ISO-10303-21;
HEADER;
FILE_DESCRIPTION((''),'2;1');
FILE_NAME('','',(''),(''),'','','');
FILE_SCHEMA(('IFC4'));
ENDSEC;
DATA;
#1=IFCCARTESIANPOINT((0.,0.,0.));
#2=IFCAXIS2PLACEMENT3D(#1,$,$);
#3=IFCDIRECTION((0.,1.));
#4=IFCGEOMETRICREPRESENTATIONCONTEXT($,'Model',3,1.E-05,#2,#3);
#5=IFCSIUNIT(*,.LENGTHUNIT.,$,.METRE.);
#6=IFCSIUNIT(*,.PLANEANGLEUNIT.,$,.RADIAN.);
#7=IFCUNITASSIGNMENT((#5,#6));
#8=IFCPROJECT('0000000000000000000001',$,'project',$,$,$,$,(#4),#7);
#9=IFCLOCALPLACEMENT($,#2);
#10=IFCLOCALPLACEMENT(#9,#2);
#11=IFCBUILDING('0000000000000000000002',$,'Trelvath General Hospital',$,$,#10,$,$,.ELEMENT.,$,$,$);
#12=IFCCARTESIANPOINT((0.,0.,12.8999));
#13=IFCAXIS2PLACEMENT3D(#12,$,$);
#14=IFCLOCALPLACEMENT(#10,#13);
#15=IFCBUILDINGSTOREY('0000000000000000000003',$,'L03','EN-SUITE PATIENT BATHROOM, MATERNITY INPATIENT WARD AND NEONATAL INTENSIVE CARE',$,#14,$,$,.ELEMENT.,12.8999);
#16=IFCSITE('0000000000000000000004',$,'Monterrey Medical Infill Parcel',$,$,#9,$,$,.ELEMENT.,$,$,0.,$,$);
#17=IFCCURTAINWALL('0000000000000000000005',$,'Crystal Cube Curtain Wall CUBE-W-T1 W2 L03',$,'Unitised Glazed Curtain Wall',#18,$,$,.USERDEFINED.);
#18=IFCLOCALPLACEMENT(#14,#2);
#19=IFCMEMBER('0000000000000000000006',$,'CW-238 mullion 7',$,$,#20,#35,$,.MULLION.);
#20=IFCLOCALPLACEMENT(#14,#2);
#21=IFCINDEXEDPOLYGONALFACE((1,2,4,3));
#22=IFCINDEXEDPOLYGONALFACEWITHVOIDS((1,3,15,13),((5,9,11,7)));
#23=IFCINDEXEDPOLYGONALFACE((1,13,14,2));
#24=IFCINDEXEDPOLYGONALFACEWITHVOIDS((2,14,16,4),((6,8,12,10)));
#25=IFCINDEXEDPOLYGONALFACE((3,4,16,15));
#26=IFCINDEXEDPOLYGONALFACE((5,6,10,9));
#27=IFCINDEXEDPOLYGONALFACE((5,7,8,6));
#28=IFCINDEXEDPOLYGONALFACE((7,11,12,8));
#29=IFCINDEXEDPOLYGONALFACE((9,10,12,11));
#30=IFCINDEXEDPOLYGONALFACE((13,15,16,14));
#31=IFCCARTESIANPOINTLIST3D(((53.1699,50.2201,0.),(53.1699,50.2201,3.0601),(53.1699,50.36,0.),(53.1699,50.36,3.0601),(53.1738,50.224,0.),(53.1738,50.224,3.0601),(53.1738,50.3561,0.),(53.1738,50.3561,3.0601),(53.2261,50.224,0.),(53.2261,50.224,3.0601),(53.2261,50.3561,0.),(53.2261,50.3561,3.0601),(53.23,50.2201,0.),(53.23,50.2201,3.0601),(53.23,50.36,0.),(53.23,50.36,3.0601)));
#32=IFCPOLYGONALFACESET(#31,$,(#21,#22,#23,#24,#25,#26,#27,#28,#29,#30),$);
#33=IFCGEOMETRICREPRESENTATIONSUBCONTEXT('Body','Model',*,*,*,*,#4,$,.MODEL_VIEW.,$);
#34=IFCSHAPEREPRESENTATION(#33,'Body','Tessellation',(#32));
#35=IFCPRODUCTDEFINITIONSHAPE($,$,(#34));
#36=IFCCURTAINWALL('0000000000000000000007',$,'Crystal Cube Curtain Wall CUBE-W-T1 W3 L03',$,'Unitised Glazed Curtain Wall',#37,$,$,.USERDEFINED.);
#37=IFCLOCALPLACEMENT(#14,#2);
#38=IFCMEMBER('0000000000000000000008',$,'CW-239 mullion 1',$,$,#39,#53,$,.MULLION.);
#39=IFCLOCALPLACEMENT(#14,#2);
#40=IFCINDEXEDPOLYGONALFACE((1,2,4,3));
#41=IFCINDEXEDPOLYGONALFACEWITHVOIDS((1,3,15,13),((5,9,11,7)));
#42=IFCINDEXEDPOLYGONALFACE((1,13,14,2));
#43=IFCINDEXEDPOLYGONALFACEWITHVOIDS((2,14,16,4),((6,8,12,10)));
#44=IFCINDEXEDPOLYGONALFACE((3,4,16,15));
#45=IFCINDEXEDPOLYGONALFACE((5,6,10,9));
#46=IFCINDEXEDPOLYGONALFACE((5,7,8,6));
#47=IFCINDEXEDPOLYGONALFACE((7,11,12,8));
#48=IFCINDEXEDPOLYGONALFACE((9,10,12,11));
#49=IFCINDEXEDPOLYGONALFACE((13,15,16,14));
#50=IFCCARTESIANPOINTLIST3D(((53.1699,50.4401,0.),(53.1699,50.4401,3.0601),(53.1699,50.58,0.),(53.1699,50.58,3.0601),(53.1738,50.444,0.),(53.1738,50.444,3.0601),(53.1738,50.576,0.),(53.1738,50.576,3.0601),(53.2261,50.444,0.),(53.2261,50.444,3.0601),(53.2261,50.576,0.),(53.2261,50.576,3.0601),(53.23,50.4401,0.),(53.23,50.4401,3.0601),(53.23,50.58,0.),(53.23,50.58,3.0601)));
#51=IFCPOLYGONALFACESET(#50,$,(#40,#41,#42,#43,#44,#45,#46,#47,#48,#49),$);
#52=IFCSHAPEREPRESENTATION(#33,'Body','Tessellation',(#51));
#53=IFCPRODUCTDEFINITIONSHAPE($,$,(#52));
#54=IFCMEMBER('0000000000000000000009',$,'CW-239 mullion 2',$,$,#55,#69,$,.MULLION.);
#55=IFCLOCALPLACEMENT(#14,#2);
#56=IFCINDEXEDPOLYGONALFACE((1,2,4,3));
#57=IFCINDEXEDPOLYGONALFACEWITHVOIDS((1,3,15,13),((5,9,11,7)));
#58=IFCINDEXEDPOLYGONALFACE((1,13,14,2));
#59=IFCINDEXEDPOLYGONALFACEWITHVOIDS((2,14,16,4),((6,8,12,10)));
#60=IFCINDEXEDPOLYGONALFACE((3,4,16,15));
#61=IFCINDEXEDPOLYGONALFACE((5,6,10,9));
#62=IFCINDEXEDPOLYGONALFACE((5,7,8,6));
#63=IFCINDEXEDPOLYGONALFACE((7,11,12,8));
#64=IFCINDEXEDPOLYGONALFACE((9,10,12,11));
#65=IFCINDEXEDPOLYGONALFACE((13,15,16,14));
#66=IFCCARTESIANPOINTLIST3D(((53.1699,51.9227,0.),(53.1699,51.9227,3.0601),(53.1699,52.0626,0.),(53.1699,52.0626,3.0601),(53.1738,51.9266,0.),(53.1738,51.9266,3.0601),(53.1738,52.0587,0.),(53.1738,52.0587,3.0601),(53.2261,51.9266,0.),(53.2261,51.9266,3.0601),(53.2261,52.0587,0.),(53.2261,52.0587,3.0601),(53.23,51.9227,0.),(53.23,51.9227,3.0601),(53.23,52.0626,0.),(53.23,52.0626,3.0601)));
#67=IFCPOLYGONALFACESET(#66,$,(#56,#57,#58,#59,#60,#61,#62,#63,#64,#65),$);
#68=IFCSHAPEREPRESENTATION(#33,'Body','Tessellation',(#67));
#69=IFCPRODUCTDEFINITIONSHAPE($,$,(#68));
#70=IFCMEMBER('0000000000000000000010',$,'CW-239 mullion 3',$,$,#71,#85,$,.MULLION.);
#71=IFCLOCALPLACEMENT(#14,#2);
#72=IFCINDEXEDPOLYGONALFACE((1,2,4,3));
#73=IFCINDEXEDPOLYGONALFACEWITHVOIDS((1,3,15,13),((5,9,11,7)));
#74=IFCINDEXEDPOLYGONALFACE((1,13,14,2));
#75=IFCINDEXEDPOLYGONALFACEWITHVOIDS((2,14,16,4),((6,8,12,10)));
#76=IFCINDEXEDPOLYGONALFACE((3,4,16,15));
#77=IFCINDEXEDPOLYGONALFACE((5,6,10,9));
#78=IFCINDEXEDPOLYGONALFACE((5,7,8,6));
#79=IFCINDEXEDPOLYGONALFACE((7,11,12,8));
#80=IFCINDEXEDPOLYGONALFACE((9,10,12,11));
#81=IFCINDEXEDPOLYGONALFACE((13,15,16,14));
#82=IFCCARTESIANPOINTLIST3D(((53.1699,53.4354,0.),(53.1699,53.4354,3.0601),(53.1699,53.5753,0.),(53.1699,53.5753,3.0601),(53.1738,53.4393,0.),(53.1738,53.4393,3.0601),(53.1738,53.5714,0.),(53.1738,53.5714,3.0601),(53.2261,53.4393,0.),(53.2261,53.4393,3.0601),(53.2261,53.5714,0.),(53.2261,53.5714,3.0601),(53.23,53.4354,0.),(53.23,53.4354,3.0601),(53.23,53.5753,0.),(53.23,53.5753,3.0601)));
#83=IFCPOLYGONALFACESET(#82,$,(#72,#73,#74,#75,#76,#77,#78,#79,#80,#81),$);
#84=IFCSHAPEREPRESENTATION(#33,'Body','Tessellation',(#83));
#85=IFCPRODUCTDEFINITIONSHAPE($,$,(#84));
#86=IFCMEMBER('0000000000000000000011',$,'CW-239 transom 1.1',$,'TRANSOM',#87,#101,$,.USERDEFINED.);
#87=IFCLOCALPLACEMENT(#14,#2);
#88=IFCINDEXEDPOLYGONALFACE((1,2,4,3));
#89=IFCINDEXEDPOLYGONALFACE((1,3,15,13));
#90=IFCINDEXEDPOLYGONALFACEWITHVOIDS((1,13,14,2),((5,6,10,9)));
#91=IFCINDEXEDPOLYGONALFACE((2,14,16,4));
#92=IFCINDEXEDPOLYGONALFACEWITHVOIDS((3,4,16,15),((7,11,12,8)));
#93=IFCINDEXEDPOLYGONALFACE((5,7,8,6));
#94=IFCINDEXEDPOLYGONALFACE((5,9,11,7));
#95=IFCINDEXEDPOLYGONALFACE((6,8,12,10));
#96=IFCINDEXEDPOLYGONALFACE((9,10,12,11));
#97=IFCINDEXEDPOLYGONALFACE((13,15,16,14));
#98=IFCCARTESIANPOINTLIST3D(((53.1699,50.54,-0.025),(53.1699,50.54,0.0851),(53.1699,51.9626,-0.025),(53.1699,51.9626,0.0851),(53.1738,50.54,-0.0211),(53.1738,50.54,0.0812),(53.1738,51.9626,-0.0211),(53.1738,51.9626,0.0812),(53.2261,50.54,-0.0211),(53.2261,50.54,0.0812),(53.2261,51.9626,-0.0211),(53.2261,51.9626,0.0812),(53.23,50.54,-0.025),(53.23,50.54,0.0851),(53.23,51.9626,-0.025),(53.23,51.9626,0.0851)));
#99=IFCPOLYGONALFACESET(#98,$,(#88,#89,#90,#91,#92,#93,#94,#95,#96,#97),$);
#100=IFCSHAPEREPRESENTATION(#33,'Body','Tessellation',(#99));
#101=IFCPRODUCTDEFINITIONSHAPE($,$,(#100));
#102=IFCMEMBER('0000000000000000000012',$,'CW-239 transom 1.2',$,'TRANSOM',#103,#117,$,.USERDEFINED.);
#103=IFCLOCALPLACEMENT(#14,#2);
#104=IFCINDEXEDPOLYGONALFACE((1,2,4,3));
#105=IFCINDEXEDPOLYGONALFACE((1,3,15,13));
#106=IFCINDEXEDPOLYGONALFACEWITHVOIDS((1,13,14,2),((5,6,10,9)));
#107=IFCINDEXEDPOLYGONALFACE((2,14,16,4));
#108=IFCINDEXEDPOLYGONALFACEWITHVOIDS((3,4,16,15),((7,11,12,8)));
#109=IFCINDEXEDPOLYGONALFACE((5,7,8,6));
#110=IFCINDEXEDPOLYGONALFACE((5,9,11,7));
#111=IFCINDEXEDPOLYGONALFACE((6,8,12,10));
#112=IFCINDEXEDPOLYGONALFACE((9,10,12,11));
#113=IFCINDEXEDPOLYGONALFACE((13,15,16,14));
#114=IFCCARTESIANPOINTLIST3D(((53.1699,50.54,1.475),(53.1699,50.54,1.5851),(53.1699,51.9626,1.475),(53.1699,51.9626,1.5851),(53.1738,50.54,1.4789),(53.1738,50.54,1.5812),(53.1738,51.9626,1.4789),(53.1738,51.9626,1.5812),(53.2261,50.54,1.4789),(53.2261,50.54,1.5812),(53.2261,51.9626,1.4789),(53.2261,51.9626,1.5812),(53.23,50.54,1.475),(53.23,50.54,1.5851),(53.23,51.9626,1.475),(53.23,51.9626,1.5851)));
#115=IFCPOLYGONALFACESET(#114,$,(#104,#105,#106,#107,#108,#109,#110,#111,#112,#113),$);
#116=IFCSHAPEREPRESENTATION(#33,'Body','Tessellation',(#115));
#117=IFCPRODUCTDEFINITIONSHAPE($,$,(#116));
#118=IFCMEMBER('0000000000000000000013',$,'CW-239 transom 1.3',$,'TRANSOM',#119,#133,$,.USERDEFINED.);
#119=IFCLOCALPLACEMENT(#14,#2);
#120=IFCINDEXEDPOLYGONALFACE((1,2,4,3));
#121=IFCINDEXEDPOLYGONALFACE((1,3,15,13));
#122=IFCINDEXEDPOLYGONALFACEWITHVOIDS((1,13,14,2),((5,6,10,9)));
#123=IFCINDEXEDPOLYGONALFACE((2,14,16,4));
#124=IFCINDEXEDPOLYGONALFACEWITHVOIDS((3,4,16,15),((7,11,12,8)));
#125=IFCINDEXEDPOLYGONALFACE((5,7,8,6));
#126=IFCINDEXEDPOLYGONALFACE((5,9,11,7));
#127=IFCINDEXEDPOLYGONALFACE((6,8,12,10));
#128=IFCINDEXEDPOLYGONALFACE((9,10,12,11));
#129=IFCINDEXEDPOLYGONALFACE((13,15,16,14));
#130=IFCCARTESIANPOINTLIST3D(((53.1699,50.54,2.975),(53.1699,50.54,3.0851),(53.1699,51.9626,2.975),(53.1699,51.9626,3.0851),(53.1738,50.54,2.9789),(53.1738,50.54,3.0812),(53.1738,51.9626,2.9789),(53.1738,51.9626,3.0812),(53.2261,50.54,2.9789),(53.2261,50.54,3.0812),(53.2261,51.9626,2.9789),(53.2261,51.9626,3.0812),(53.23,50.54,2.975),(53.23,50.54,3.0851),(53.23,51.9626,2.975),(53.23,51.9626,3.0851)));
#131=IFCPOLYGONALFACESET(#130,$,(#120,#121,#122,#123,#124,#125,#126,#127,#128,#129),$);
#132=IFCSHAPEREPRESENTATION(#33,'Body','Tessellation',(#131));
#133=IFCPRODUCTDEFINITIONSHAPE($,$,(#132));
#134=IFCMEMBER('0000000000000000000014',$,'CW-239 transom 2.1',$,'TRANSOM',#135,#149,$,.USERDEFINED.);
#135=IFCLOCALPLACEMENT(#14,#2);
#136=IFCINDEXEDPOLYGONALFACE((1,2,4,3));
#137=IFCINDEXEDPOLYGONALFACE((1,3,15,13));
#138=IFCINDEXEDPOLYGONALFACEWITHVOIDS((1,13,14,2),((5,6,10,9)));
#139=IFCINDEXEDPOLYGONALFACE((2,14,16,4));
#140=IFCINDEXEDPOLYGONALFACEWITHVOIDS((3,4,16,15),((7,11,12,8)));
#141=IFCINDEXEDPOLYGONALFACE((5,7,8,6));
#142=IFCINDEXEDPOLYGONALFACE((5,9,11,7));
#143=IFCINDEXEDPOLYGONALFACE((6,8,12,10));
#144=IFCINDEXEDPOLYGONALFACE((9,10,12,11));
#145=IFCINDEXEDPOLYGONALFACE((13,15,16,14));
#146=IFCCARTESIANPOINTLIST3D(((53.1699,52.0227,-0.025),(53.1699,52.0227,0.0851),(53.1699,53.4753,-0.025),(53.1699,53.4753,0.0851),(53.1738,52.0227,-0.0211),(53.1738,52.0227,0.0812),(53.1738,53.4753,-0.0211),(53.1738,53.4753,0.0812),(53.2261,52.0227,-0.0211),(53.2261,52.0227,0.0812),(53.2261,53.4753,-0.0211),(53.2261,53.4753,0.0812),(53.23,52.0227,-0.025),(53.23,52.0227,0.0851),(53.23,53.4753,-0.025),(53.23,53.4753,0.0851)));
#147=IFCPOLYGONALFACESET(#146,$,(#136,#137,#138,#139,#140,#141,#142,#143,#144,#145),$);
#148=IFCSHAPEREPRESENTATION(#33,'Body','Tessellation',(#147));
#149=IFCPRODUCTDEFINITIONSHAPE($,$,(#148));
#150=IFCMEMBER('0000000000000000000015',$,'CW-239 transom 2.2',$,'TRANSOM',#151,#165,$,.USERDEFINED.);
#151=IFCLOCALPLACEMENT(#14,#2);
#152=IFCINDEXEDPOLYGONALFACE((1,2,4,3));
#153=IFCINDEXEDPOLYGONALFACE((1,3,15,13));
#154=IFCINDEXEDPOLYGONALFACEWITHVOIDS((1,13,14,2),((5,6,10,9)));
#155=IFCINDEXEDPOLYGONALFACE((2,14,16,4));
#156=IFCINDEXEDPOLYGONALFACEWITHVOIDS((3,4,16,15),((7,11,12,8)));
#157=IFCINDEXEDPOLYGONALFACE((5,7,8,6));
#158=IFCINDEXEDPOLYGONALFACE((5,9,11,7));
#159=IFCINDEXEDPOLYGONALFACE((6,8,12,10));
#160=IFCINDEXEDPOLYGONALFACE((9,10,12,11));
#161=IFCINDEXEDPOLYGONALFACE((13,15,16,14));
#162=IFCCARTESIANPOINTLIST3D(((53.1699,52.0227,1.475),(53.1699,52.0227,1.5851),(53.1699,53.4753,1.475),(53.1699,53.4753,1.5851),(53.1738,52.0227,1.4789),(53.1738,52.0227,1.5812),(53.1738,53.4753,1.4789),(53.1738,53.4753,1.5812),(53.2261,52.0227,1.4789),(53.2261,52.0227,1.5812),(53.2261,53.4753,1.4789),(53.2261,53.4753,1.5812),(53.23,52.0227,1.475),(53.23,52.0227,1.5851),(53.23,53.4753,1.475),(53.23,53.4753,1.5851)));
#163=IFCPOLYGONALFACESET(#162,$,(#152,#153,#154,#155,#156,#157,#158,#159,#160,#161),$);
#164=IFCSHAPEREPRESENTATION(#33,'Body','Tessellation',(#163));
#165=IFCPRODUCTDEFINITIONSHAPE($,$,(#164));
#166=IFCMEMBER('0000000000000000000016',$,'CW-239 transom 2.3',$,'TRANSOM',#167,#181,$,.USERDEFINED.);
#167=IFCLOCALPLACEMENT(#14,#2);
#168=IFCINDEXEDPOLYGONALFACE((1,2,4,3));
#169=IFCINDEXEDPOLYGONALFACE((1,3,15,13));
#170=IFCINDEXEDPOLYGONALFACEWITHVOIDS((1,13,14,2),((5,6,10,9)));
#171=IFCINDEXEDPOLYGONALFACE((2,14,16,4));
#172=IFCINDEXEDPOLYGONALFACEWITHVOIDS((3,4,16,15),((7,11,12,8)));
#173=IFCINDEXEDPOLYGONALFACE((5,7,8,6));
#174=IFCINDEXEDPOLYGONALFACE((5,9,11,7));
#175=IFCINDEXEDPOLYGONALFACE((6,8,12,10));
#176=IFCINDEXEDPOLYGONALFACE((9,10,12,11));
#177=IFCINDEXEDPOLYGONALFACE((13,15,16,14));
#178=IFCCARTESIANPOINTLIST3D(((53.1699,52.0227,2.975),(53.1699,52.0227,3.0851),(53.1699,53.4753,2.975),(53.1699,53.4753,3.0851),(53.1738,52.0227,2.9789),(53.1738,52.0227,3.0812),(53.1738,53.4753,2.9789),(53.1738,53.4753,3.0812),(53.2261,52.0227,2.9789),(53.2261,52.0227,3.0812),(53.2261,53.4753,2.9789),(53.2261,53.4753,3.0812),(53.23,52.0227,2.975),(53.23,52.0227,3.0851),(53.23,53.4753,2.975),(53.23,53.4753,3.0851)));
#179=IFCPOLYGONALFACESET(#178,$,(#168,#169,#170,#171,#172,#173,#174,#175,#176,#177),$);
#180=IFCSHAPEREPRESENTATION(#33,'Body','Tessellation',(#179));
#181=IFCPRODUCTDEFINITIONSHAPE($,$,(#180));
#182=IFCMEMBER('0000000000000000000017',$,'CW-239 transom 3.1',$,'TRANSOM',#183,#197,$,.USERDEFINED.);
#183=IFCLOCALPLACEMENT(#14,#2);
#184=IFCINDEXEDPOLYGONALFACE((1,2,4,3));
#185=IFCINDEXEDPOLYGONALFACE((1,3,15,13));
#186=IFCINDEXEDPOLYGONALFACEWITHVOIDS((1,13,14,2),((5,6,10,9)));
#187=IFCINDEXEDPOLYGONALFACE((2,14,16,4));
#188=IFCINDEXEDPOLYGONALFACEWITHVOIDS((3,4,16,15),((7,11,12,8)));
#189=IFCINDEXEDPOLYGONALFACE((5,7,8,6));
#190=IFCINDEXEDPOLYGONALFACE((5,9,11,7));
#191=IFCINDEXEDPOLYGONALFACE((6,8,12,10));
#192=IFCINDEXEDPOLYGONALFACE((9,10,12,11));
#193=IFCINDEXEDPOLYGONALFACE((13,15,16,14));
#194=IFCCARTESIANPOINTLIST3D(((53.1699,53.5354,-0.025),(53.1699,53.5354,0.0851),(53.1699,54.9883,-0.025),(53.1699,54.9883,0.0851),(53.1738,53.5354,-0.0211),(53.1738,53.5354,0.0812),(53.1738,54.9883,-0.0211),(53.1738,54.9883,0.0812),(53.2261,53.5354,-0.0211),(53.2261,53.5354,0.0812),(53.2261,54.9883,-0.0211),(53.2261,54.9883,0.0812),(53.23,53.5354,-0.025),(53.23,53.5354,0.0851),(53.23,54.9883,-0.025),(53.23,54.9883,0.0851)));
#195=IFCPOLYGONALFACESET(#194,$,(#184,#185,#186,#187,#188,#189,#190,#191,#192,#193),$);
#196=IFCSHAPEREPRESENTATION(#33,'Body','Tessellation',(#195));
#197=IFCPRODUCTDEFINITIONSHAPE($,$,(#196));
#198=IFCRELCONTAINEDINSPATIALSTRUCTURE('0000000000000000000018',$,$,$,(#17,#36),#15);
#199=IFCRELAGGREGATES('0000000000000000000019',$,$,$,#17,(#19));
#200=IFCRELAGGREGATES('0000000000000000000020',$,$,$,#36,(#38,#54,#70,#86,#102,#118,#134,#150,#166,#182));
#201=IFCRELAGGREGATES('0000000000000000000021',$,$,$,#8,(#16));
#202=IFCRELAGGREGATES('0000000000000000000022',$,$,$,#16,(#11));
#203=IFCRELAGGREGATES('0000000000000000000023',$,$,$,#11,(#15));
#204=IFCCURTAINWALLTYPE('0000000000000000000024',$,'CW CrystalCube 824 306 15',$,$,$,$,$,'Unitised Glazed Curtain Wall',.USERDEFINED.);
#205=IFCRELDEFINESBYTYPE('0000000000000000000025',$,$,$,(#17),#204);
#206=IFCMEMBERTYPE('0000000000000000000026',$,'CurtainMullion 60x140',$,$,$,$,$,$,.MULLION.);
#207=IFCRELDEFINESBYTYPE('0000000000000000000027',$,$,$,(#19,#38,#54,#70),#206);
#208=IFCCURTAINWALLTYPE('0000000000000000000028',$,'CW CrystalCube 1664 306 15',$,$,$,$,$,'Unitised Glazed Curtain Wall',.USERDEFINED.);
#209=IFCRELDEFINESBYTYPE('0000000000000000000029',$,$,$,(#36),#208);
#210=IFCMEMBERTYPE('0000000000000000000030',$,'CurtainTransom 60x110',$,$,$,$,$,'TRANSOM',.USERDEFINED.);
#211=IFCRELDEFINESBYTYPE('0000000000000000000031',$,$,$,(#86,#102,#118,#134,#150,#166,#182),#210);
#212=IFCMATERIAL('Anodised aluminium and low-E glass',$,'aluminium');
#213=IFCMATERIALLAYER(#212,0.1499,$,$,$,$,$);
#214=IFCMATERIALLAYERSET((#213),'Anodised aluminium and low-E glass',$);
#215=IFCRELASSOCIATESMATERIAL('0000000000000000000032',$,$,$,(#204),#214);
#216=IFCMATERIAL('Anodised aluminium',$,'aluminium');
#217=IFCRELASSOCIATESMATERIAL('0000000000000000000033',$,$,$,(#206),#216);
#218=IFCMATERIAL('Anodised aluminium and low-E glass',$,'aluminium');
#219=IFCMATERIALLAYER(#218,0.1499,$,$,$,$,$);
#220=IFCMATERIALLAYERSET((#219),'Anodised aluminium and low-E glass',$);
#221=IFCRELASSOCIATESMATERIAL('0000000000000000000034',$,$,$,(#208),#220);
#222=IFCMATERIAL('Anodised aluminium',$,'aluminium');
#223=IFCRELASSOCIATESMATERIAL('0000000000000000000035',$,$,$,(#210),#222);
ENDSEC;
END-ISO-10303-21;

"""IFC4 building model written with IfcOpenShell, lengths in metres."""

from ifc_helpers import new_model, si_unit, direction, frame, origin, origin_2d, place, context, subcontext, project, spatial, hollow_rectangle, extrude, material, layer, layer_set, material_profile, profile_set, type_object, element, aggregate, save


model = new_model("IFC4")

# Units and contexts
model_context = context("Model", 3, precision=1e-05, world=origin(), true_north=direction((0.0, 1.0)))
body_context = subcontext(model_context, "Body", "Model", "MODEL_VIEW")
ifc_project = project(units=[si_unit("LENGTHUNIT", "METRE"), si_unit("PLANEANGLEUNIT", "RADIAN")], contexts=[model_context])

# Site, building, storey
site_placement = place(None, origin())
site = spatial("IfcSite", under=ifc_project, at=site_placement, Name="Monterrey Medical Infill Parcel", CompositionType="ELEMENT", RefElevation=0.0)
building_placement = place(site_placement, origin())
building = spatial("IfcBuilding", under=site, at=building_placement, Name="Trelvath General Hospital", CompositionType="ELEMENT")
storey_placement = place(building_placement, frame((0.0, 0.0, 12.8999)))
storey = spatial("IfcBuildingStorey", under=building, at=storey_placement, Name="L03", Description="EN-SUITE PATIENT BATHROOM, MATERNITY INPATIENT WARD AND NEONATAL INTENSIVE CARE", CompositionType="ELEMENT", Elevation=12.8999)

# Curtain wall, member
ifc_material_1 = material(Name="Anodised aluminium and low-E glass", Category="aluminium")
ifc_layer_1 = layer(ifc_material_1, 0.1499)
ifc_layer_set_1 = layer_set([ifc_layer_1], Name="Anodised aluminium and low-E glass")
curtain_wall_type_1 = type_object("IfcCurtainWallType", Name="CW CrystalCube 824 306 15", ElementType="Unitised Glazed Curtain Wall", PredefinedType="USERDEFINED", material=ifc_layer_set_1)
curtain_wall_1_placement = place(storey_placement, origin())
curtain_wall_1 = element("IfcCurtainWall", 1, at=curtain_wall_1_placement, inside=storey, type_object=curtain_wall_type_1, Name="Crystal Cube Curtain Wall CUBE-W-T1 W2 L03", ObjectType="Unitised Glazed Curtain Wall", PredefinedType="USERDEFINED")
ifc_material_2 = material(Name="Anodised aluminium", Category="aluminium")
ifc_material_profile_1 = material_profile(ifc_material_2, hollow_rectangle(XDim=0.0601, YDim=0.1399, WallThickness=0.0039, at=origin_2d()), Name="RHS60x140x4")
ifc_profile_set_1 = profile_set([ifc_material_profile_1], Name="Anodised aluminium")
member_type_1 = type_object("IfcMemberType", Name="CurtainMullion 60x140", PredefinedType="MULLION", material=ifc_profile_set_1)
member_1_placement = place(storey_placement, frame((53.2, 50.29, 0.0), z_axis=(0.0, 0.0, 1.0), x_axis=(-1.0, 0.0, 0.0)))
member_1 = element("IfcMember", 2, at=member_1_placement, type_object=member_type_1, Name="CW-238 mullion 7", PredefinedType="MULLION", context=body_context, shape_type="SweptSolid", body=[
    extrude(hollow_rectangle(XDim=0.0601, YDim=0.1399, WallThickness=0.0039, at=origin_2d()), origin(), (0.0, 0.0, 1.0), 3.0601),
])

# Curtain wall, members
ifc_material_3 = material(Name="Anodised aluminium and low-E glass", Category="aluminium")
ifc_layer_2 = layer(ifc_material_3, 0.1499)
ifc_layer_set_2 = layer_set([ifc_layer_2], Name="Anodised aluminium and low-E glass")
curtain_wall_type_2 = type_object("IfcCurtainWallType", Name="CW CrystalCube 1664 306 15", ElementType="Unitised Glazed Curtain Wall", PredefinedType="USERDEFINED", material=ifc_layer_set_2)
curtain_wall_2_placement = place(storey_placement, origin())
curtain_wall_2 = element("IfcCurtainWall", 3, at=curtain_wall_2_placement, inside=storey, type_object=curtain_wall_type_2, Name="Crystal Cube Curtain Wall CUBE-W-T1 W3 L03", ObjectType="Unitised Glazed Curtain Wall", PredefinedType="USERDEFINED")
member_2_placement = place(storey_placement, frame((53.2, 50.51, 0.0), z_axis=(0.0, 0.0, 1.0), x_axis=(-1.0, 0.0, 0.0)))
member_2 = element("IfcMember", 4, at=member_2_placement, type_object=member_type_1, Name="CW-239 mullion 1", PredefinedType="MULLION", context=body_context, shape_type="SweptSolid", body=[
    extrude(hollow_rectangle(XDim=0.0601, YDim=0.1399, WallThickness=0.0039, at=origin_2d()), origin(), (0.0, 0.0, 1.0), 3.0601),
])
member_3_placement = place(storey_placement, frame((53.2, 51.9927, 0.0), z_axis=(0.0, 0.0, 1.0), x_axis=(-1.0, 0.0, 0.0)))
member_3 = element("IfcMember", 5, at=member_3_placement, type_object=member_type_1, Name="CW-239 mullion 2", PredefinedType="MULLION", context=body_context, shape_type="SweptSolid", body=[
    extrude(hollow_rectangle(XDim=0.0601, YDim=0.1399, WallThickness=0.0039, at=origin_2d()), origin(), (0.0, 0.0, 1.0), 3.0601),
])
member_4_placement = place(storey_placement, frame((53.2, 53.5054, 0.0), z_axis=(0.0, 0.0, 1.0), x_axis=(-1.0, 0.0, 0.0)))
member_4 = element("IfcMember", 6, at=member_4_placement, type_object=member_type_1, Name="CW-239 mullion 3", PredefinedType="MULLION", context=body_context, shape_type="SweptSolid", body=[
    extrude(hollow_rectangle(XDim=0.0601, YDim=0.1399, WallThickness=0.0039, at=origin_2d()), origin(), (0.0, 0.0, 1.0), 3.0601),
])
ifc_material_4 = material(Name="Anodised aluminium", Category="aluminium")
ifc_material_profile_2 = material_profile(ifc_material_4, hollow_rectangle(XDim=0.0601, YDim=0.1101, WallThickness=0.0039, at=origin_2d()), Name="RHS60x110x4")
ifc_profile_set_2 = profile_set([ifc_material_profile_2], Name="Anodised aluminium")
member_type_2 = type_object("IfcMemberType", Name="CurtainTransom 60x110", ElementType="TRANSOM", PredefinedType="USERDEFINED", material=ifc_profile_set_2)
member_5_placement = place(storey_placement, frame((53.2, 50.54, 0.03), z_axis=(0.0, 1.0, 0.0), x_axis=(-1.0, 0.0, 0.0)))
member_5 = element("IfcMember", 7, at=member_5_placement, type_object=member_type_2, Name="CW-239 transom 1.1", ObjectType="TRANSOM", PredefinedType="USERDEFINED", context=body_context, shape_type="SweptSolid", body=[
    extrude(hollow_rectangle(XDim=0.0601, YDim=0.1101, WallThickness=0.0039, at=origin_2d()), origin(), (0.0, 0.0, 1.0), 1.4226),
])
member_6_placement = place(storey_placement, frame((53.2, 50.54, 1.53), z_axis=(0.0, 1.0, 0.0), x_axis=(-1.0, 0.0, 0.0)))
member_6 = element("IfcMember", 8, at=member_6_placement, type_object=member_type_2, Name="CW-239 transom 1.2", ObjectType="TRANSOM", PredefinedType="USERDEFINED", context=body_context, shape_type="SweptSolid", body=[
    extrude(hollow_rectangle(XDim=0.0601, YDim=0.1101, WallThickness=0.0039, at=origin_2d()), origin(), (0.0, 0.0, 1.0), 1.4226),
])
member_7_placement = place(storey_placement, frame((53.2, 50.54, 3.03), z_axis=(0.0, 1.0, 0.0), x_axis=(-1.0, 0.0, 0.0)))
member_7 = element("IfcMember", 9, at=member_7_placement, type_object=member_type_2, Name="CW-239 transom 1.3", ObjectType="TRANSOM", PredefinedType="USERDEFINED", context=body_context, shape_type="SweptSolid", body=[
    extrude(hollow_rectangle(XDim=0.0601, YDim=0.1101, WallThickness=0.0039, at=origin_2d()), origin(), (0.0, 0.0, 1.0), 1.4226),
])
member_8_placement = place(storey_placement, frame((53.2, 52.0227, 0.03), z_axis=(0.0, 1.0, 0.0), x_axis=(-1.0, 0.0, 0.0)))
member_8 = element("IfcMember", 10, at=member_8_placement, type_object=member_type_2, Name="CW-239 transom 2.1", ObjectType="TRANSOM", PredefinedType="USERDEFINED", context=body_context, shape_type="SweptSolid", body=[
    extrude(hollow_rectangle(XDim=0.0601, YDim=0.1101, WallThickness=0.0039, at=origin_2d()), origin(), (0.0, 0.0, 1.0), 1.4526),
])
member_9_placement = place(storey_placement, frame((53.2, 52.0227, 1.53), z_axis=(0.0, 1.0, 0.0), x_axis=(-1.0, 0.0, 0.0)))
member_9 = element("IfcMember", 11, at=member_9_placement, type_object=member_type_2, Name="CW-239 transom 2.2", ObjectType="TRANSOM", PredefinedType="USERDEFINED", context=body_context, shape_type="SweptSolid", body=[
    extrude(hollow_rectangle(XDim=0.0601, YDim=0.1101, WallThickness=0.0039, at=origin_2d()), origin(), (0.0, 0.0, 1.0), 1.4526),
])
member_10_placement = place(storey_placement, frame((53.2, 52.0227, 3.03), z_axis=(0.0, 1.0, 0.0), x_axis=(-1.0, 0.0, 0.0)))
member_10 = element("IfcMember", 12, at=member_10_placement, type_object=member_type_2, Name="CW-239 transom 2.3", ObjectType="TRANSOM", PredefinedType="USERDEFINED", context=body_context, shape_type="SweptSolid", body=[
    extrude(hollow_rectangle(XDim=0.0601, YDim=0.1101, WallThickness=0.0039, at=origin_2d()), origin(), (0.0, 0.0, 1.0), 1.4526),
])
member_11_placement = place(storey_placement, frame((53.2, 53.5354, 0.03), z_axis=(0.0, 1.0, 0.0), x_axis=(-1.0, 0.0, 0.0)))
member_11 = element("IfcMember", 13, at=member_11_placement, type_object=member_type_2, Name="CW-239 transom 3.1", ObjectType="TRANSOM", PredefinedType="USERDEFINED", context=body_context, shape_type="SweptSolid", body=[
    extrude(hollow_rectangle(XDim=0.0601, YDim=0.1101, WallThickness=0.0039, at=origin_2d()), origin(), (0.0, 0.0, 1.0), 1.4529),
])

aggregate(curtain_wall_1, [member_1])
aggregate(curtain_wall_2, [member_2, member_3, member_4, member_5, member_6, member_7, member_8, member_9, member_10, member_11])

save(model, "model.ifc")
